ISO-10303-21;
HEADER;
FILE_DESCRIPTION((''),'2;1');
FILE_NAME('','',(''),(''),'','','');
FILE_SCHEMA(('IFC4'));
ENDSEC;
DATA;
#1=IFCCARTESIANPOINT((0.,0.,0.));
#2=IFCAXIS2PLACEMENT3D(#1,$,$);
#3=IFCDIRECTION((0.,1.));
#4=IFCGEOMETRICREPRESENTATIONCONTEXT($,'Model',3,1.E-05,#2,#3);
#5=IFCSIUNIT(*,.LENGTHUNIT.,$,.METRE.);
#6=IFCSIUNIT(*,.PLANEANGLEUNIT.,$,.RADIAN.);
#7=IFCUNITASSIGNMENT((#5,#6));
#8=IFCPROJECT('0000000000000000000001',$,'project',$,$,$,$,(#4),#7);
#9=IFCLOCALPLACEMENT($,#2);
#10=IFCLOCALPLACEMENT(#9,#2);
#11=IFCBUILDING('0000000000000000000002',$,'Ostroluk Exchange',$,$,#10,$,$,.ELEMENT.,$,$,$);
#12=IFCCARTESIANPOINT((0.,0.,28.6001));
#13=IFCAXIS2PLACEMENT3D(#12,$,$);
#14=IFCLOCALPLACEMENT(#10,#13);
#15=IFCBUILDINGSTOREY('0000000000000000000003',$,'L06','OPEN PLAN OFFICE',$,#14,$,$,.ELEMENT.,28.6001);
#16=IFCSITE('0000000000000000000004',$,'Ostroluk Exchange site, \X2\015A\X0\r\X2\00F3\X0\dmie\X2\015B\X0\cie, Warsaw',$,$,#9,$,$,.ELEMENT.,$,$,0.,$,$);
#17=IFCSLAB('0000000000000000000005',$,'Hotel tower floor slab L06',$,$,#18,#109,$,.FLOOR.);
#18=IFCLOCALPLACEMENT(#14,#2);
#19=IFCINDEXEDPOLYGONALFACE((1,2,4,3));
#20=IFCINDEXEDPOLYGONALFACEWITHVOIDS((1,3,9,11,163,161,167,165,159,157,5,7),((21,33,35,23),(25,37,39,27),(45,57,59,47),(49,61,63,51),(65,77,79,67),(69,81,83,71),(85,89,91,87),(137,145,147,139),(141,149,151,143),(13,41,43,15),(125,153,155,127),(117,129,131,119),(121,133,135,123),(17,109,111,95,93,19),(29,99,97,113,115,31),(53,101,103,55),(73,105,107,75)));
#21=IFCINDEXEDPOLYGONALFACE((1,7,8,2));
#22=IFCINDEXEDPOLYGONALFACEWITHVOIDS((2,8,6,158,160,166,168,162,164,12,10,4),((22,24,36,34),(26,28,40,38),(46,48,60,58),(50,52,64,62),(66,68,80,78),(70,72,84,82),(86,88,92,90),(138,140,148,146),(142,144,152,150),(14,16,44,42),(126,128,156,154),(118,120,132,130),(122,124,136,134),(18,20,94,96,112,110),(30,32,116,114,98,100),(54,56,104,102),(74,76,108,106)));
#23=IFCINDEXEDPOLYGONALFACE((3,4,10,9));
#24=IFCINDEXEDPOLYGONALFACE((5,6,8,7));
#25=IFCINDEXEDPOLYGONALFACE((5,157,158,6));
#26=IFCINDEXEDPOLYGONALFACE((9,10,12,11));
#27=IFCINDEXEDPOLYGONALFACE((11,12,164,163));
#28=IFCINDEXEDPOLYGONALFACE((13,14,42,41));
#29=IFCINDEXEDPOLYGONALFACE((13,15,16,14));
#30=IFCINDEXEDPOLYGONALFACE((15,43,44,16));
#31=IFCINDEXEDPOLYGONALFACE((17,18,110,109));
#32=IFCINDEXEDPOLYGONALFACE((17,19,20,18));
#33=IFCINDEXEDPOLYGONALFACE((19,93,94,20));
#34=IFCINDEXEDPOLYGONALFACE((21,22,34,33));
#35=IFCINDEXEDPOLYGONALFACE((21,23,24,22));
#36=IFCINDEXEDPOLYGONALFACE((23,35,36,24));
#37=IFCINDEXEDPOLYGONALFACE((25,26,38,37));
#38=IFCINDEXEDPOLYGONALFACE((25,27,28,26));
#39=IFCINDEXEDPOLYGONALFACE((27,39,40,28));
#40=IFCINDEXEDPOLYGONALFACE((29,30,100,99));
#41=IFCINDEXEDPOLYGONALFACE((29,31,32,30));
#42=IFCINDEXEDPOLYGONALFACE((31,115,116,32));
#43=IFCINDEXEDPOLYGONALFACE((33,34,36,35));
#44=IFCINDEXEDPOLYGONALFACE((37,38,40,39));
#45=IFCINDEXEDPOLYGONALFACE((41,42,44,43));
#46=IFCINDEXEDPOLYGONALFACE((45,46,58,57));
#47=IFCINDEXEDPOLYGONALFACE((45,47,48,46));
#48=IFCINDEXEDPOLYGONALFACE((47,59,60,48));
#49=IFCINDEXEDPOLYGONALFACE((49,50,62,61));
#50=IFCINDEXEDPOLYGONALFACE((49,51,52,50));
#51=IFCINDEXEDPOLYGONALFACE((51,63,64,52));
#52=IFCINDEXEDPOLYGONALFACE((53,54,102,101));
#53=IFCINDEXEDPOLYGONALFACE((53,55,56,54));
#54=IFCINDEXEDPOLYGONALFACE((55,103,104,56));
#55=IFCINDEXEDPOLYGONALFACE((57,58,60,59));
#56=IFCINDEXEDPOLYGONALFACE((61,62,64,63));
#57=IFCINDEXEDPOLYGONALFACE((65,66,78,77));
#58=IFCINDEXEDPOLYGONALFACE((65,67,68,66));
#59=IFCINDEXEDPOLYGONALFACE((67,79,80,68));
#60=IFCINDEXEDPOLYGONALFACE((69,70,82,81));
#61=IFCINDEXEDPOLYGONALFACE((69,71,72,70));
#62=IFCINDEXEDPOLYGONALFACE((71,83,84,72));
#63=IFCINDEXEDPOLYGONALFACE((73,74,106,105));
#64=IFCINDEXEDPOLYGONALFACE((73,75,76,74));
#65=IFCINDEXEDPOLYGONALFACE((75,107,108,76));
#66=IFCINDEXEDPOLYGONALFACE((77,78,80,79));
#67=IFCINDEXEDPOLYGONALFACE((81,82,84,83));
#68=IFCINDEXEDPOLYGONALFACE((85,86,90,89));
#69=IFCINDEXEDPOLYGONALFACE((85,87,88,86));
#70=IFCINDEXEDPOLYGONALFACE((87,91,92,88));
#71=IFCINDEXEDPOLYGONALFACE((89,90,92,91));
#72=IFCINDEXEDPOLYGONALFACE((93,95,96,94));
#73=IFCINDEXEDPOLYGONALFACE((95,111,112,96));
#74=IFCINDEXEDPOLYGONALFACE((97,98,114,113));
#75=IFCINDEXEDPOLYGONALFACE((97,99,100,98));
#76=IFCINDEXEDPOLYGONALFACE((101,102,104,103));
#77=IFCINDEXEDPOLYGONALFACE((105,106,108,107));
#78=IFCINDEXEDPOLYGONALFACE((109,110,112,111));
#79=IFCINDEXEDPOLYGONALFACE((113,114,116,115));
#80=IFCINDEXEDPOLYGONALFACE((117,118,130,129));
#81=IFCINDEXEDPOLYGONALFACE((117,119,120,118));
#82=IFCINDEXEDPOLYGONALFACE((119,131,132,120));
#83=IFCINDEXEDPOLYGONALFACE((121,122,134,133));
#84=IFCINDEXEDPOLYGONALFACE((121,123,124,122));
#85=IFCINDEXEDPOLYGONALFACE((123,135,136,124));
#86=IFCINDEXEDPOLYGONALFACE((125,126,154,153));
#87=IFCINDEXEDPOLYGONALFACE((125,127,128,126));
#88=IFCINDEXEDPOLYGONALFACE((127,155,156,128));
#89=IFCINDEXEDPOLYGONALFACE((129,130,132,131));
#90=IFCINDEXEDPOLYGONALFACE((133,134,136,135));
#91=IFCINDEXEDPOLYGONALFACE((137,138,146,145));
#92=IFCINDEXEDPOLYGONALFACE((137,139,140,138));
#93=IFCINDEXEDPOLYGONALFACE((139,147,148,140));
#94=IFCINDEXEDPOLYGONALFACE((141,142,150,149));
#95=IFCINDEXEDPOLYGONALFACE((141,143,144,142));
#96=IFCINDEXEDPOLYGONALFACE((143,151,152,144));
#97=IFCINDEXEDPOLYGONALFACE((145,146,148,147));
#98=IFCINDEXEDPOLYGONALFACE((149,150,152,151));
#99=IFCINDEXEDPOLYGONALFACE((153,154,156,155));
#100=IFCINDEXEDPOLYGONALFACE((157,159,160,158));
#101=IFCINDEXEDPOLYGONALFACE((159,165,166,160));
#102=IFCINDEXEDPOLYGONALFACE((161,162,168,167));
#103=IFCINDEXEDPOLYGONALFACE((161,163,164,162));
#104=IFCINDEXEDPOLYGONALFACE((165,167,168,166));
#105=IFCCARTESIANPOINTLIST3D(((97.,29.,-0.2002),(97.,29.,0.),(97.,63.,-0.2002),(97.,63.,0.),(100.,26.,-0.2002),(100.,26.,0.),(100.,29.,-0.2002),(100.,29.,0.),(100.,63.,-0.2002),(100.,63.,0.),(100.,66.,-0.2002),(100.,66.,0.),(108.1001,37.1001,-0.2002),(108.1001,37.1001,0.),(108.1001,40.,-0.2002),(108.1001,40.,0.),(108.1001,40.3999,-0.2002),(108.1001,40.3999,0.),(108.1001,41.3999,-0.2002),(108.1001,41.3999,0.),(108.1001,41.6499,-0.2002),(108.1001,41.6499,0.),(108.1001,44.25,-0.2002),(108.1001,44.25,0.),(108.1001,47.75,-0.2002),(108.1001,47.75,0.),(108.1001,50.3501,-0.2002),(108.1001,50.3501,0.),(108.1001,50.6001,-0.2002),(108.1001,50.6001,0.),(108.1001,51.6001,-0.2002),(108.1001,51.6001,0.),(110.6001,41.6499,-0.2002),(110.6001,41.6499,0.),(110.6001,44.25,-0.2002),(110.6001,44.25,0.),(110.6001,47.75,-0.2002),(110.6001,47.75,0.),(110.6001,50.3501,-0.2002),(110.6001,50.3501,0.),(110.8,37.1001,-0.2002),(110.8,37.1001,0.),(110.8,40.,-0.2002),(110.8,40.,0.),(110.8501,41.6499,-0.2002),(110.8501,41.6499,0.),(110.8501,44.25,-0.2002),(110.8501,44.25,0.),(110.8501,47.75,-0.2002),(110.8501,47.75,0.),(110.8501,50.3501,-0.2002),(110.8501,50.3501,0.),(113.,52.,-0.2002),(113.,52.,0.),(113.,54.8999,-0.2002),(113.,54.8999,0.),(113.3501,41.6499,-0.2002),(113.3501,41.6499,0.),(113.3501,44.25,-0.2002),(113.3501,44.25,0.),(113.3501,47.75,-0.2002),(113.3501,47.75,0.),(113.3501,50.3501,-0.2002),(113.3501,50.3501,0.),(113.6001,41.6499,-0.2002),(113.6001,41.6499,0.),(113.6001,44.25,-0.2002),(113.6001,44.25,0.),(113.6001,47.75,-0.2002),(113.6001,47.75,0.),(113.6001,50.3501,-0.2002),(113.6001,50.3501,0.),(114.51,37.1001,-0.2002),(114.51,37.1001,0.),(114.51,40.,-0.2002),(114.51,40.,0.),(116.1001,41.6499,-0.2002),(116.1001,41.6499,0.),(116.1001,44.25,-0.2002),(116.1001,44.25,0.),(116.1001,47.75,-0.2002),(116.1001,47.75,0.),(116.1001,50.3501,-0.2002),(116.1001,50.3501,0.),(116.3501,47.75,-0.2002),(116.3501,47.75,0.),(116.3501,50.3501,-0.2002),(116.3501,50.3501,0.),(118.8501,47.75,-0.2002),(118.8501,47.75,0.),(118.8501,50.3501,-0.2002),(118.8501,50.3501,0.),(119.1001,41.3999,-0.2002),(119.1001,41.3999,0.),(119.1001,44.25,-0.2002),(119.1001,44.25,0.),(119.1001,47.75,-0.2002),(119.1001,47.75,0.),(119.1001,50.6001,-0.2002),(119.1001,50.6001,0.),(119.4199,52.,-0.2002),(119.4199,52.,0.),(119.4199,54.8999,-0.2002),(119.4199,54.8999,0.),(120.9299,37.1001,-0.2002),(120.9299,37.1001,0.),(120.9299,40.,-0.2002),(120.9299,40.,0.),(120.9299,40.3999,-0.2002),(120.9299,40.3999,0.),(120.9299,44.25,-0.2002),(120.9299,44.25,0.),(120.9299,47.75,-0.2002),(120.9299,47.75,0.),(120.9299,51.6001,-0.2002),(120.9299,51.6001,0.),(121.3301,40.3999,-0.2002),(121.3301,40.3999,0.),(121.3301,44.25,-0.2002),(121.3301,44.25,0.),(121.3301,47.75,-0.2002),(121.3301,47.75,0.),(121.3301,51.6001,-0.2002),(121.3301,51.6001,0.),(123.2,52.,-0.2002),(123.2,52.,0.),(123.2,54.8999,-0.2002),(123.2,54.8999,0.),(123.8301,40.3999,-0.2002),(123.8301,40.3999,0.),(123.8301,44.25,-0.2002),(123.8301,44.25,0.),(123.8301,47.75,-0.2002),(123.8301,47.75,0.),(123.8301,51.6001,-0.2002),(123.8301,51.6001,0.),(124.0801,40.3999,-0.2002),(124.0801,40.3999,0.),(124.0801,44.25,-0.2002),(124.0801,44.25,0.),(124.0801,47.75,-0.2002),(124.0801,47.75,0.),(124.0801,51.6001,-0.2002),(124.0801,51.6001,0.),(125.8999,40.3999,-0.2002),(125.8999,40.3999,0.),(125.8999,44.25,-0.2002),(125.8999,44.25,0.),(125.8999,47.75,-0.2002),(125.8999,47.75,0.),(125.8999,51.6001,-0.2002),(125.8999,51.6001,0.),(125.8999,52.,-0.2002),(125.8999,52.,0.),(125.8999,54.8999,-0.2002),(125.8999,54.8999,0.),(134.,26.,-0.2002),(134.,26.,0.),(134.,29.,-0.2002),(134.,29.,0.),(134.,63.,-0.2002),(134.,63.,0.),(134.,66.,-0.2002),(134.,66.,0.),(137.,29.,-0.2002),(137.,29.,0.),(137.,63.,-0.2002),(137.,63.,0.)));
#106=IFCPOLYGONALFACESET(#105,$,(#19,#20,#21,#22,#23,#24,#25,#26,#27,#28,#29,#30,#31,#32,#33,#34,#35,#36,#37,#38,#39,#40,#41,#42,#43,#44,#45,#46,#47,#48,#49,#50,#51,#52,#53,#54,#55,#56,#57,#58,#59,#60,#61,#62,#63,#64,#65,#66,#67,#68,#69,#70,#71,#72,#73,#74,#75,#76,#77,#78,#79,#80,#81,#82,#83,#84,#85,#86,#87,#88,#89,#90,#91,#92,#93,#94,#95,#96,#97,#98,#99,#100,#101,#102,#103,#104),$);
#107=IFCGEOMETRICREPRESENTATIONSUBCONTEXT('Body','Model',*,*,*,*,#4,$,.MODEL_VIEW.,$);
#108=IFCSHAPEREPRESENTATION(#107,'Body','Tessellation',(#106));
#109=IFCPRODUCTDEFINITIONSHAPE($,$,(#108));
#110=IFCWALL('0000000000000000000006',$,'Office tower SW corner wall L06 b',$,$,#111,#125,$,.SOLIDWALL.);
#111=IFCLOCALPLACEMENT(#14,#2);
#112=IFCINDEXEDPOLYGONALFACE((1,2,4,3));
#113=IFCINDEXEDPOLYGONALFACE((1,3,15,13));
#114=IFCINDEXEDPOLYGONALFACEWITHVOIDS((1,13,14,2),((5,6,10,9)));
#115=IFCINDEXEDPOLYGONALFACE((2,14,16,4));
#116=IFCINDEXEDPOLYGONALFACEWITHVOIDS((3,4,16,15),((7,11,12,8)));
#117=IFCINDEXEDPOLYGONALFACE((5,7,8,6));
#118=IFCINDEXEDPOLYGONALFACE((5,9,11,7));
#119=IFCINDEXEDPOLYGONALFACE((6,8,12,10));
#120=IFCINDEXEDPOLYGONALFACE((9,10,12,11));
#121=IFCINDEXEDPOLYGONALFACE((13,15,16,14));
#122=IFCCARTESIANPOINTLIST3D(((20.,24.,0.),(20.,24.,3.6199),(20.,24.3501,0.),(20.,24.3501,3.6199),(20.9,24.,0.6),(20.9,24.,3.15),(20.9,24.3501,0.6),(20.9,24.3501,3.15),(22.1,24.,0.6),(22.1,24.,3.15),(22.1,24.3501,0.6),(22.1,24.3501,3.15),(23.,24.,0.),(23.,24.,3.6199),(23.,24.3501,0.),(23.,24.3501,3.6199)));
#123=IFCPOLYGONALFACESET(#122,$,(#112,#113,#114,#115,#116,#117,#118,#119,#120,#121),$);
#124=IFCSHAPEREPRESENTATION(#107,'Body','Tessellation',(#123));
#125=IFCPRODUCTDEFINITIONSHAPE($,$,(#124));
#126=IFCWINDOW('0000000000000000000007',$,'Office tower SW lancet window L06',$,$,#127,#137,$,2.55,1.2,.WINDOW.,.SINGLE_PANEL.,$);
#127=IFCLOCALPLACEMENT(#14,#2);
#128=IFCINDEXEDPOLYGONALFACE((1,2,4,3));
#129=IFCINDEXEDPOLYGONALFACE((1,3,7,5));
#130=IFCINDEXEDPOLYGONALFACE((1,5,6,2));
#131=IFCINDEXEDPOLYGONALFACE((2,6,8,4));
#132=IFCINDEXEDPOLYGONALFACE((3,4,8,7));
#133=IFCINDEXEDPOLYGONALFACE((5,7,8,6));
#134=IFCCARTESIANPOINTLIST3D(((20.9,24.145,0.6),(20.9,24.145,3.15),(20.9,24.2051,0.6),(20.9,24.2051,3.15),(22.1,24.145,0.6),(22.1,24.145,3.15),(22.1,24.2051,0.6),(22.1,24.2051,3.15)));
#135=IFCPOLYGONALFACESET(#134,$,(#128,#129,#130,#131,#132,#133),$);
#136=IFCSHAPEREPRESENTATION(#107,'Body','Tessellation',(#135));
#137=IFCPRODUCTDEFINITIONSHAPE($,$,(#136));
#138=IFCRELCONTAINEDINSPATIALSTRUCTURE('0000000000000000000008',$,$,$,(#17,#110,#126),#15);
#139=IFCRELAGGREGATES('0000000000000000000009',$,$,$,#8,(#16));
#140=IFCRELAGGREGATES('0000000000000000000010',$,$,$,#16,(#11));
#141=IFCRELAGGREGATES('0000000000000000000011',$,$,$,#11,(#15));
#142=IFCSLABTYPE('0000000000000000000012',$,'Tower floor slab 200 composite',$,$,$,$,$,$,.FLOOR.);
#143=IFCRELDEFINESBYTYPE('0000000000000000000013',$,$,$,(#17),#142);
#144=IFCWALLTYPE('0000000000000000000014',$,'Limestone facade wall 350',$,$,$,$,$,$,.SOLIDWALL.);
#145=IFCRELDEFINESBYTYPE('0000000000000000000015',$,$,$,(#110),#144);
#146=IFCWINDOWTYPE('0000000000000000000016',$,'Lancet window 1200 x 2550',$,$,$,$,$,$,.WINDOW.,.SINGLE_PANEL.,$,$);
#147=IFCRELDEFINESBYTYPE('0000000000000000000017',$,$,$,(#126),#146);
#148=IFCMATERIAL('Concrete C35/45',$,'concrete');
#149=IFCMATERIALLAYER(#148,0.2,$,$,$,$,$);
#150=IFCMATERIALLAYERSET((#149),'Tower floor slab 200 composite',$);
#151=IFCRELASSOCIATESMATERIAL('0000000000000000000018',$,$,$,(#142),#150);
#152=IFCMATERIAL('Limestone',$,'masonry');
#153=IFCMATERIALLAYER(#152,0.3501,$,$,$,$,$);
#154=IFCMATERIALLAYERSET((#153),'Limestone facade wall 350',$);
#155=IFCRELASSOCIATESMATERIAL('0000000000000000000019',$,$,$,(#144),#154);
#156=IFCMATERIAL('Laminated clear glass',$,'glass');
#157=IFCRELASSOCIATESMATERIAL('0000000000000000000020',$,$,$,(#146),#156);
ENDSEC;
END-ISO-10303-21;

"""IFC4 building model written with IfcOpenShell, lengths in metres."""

from ifc_helpers import new_model, si_unit, direction, frame, frame_2d, origin, place, context, subcontext, project, spatial, polyline, rectangle, outline, extrude, material, layer, layer_set, type_object, element, fill, save


model = new_model("IFC4")

# Units and contexts
model_context = context("Model", 3, precision=1e-05, world=origin(), true_north=direction((0.0, 1.0)))
body_context = subcontext(model_context, "Body", "Model", "MODEL_VIEW")
ifc_project = project(units=[si_unit("LENGTHUNIT", "METRE"), si_unit("PLANEANGLEUNIT", "RADIAN")], contexts=[model_context])

# Site, building, storey
site_placement = place(None, origin())
site = spatial("IfcSite", under=ifc_project, at=site_placement, Name="Ostroluk Exchange site, Śródmieście, Warsaw", CompositionType="ELEMENT", RefElevation=0.0)
building_placement = place(site_placement, origin())
building = spatial("IfcBuilding", under=site, at=building_placement, Name="Ostroluk Exchange", CompositionType="ELEMENT")
storey_placement = place(building_placement, frame((0.0, 0.0, 28.6001)))
storey = spatial("IfcBuildingStorey", under=building, at=storey_placement, Name="L06", Description="OPEN PLAN OFFICE", CompositionType="ELEMENT", Elevation=28.6001)

# Slab
ifc_material_1 = material(Name="Concrete C35/45", Category="concrete")
ifc_layer_1 = layer(ifc_material_1, 0.2)
ifc_layer_set_1 = layer_set([ifc_layer_1], Name="Tower floor slab 200 composite")
slab_type_1 = type_object("IfcSlabType", Name="Tower floor slab 200 composite", PredefinedType="FLOOR", material=ifc_layer_set_1)
slab_1_placement = place(storey_placement, frame((0.0, 0.0, -0.2002)))
element("IfcSlab", 1, at=slab_1_placement, inside=storey, type_object=slab_type_1, Name="Hotel tower floor slab L06", PredefinedType="FLOOR", context=body_context, shape_type="SweptSolid", body=[
    extrude(outline(polyline([(100.0, 26.0), (134.0, 26.0), (134.0, 29.0), (137.0, 29.0), (137.0, 63.0), (134.0, 63.0), (134.0, 66.0), (100.0, 66.0), (100.0, 63.0), (97.0, 63.0), (97.0, 29.0), (100.0, 29.0), (100.0, 26.0)]), holes=[polyline([(108.1001, 37.1001), (110.8, 37.1001), (110.8, 40.0), (108.1001, 40.0), (108.1001, 37.1001)]), polyline([(114.51, 37.1001), (120.9299, 37.1001), (120.9299, 40.0), (114.51, 40.0), (114.51, 37.1001)]), polyline([(113.0, 52.0), (119.4199, 52.0), (119.4199, 54.8999), (113.0, 54.8999), (113.0, 52.0)]), polyline([(123.2, 52.0), (125.8999, 52.0), (125.8999, 54.8999), (123.2, 54.8999), (123.2, 52.0)]), polyline([(108.1001, 47.75), (110.6001, 47.75), (110.6001, 50.3501), (108.1001, 50.3501), (108.1001, 47.75)]), polyline([(110.8501, 47.75), (113.3501, 47.75), (113.3501, 50.3501), (110.8501, 50.3501), (110.8501, 47.75)]), polyline([(113.6001, 47.75), (116.1001, 47.75), (116.1001, 50.3501), (113.6001, 50.3501), (113.6001, 47.75)]), polyline([(116.3501, 47.75), (118.8501, 47.75), (118.8501, 50.3501), (116.3501, 50.3501), (116.3501, 47.75)]), polyline([(108.1001, 41.6499), (110.6001, 41.6499), (110.6001, 44.25), (108.1001, 44.25), (108.1001, 41.6499)]), polyline([(110.8501, 41.6499), (113.3501, 41.6499), (113.3501, 44.25), (110.8501, 44.25), (110.8501, 41.6499)]), polyline([(113.6001, 41.6499), (116.1001, 41.6499), (116.1001, 44.25), (113.6001, 44.25), (113.6001, 41.6499)]), polyline([(121.3301, 47.75), (123.8301, 47.75), (123.8301, 51.6001), (121.3301, 51.6001), (121.3301, 47.75)]), polyline([(121.3301, 40.3999), (123.8301, 40.3999), (123.8301, 44.25), (121.3301, 44.25), (121.3301, 40.3999)]), polyline([(120.9299, 51.6001), (120.9299, 47.75), (119.1001, 47.75), (119.1001, 50.6001), (108.1001, 50.6001), (108.1001, 51.6001), (120.9299, 51.6001)]), polyline([(108.1001, 40.3999), (108.1001, 41.3999), (119.1001, 41.3999), (119.1001, 44.25), (120.9299, 44.25), (120.9299, 40.3999), (108.1001, 40.3999)]), polyline([(124.0801, 47.75), (125.8999, 47.75), (125.8999, 51.6001), (124.0801, 51.6001), (124.0801, 47.75)]), polyline([(124.0801, 40.3999), (125.8999, 40.3999), (125.8999, 44.25), (124.0801, 44.25), (124.0801, 40.3999)])]), origin(), (0.0, 0.0, 1.0), 0.2002),
])

# Wall, opening, window
ifc_material_2 = material(Name="Limestone", Category="masonry")
ifc_layer_2 = layer(ifc_material_2, 0.3501)
ifc_layer_set_2 = layer_set([ifc_layer_2], Name="Limestone facade wall 350")
wall_type = type_object("IfcWallType", Name="Limestone facade wall 350", PredefinedType="SOLIDWALL", material=ifc_layer_set_2)
wall_placement = place(storey_placement, frame((23.0, 24.175, 0.0), z_axis=(0.0, 0.0, 1.0), x_axis=(-1.0, 0.0, 0.0)))
wall = element("IfcWall", 2, at=wall_placement, inside=storey, type_object=wall_type, Name="Office tower SW corner wall L06 b", PredefinedType="SOLIDWALL", context=body_context, shape_type="SweptSolid", body=[
    extrude(rectangle(XDim=3.0, YDim=0.3501, at=frame_2d((1.5, 0.0))), origin(), (0.0, 0.0, 1.0), 3.6199),
])
opening_placement = place(wall_placement, frame((0.8999, 0.0, 0.6001)))
opening = element("IfcOpeningElement", 3, at=opening_placement, cuts=wall, PredefinedType="OPENING", context=body_context, shape_type="SweptSolid", body=[
    extrude(rectangle(XDim=1.2, YDim=2.55, at=frame_2d((0.6001, 1.2749))), frame((0.0, 0.1851, 0.0), z_axis=(0.0, -1.0, 0.0), x_axis=(1.0, 0.0, 0.0)), (0.0, 0.0, 1.0), 0.3701),
])
ifc_material_3 = material(Name="Laminated clear glass", Category="glass")
window_type = type_object("IfcWindowType", Name="Lancet window 1200 x 2550", PartitioningType="SINGLE_PANEL", PredefinedType="WINDOW", material=ifc_material_3)
window_placement = place(opening_placement, origin())
window = element("IfcWindow", 4, at=window_placement, inside=storey, type_object=window_type, Name="Office tower SW lancet window L06", OverallHeight=2.55, OverallWidth=1.2, PartitioningType="SINGLE_PANEL", PredefinedType="WINDOW", context=body_context, shape_type="SweptSolid", body=[
    extrude(rectangle(XDim=1.2, YDim=2.55, at=frame_2d((0.6001, 1.2749))), frame((0.0, 0.03, 0.0), z_axis=(0.0, -1.0, 0.0), x_axis=(1.0, 0.0, 0.0)), (0.0, 0.0, 1.0), 0.0601),
])
fill(opening, window)

save(model, "model.ifc")
